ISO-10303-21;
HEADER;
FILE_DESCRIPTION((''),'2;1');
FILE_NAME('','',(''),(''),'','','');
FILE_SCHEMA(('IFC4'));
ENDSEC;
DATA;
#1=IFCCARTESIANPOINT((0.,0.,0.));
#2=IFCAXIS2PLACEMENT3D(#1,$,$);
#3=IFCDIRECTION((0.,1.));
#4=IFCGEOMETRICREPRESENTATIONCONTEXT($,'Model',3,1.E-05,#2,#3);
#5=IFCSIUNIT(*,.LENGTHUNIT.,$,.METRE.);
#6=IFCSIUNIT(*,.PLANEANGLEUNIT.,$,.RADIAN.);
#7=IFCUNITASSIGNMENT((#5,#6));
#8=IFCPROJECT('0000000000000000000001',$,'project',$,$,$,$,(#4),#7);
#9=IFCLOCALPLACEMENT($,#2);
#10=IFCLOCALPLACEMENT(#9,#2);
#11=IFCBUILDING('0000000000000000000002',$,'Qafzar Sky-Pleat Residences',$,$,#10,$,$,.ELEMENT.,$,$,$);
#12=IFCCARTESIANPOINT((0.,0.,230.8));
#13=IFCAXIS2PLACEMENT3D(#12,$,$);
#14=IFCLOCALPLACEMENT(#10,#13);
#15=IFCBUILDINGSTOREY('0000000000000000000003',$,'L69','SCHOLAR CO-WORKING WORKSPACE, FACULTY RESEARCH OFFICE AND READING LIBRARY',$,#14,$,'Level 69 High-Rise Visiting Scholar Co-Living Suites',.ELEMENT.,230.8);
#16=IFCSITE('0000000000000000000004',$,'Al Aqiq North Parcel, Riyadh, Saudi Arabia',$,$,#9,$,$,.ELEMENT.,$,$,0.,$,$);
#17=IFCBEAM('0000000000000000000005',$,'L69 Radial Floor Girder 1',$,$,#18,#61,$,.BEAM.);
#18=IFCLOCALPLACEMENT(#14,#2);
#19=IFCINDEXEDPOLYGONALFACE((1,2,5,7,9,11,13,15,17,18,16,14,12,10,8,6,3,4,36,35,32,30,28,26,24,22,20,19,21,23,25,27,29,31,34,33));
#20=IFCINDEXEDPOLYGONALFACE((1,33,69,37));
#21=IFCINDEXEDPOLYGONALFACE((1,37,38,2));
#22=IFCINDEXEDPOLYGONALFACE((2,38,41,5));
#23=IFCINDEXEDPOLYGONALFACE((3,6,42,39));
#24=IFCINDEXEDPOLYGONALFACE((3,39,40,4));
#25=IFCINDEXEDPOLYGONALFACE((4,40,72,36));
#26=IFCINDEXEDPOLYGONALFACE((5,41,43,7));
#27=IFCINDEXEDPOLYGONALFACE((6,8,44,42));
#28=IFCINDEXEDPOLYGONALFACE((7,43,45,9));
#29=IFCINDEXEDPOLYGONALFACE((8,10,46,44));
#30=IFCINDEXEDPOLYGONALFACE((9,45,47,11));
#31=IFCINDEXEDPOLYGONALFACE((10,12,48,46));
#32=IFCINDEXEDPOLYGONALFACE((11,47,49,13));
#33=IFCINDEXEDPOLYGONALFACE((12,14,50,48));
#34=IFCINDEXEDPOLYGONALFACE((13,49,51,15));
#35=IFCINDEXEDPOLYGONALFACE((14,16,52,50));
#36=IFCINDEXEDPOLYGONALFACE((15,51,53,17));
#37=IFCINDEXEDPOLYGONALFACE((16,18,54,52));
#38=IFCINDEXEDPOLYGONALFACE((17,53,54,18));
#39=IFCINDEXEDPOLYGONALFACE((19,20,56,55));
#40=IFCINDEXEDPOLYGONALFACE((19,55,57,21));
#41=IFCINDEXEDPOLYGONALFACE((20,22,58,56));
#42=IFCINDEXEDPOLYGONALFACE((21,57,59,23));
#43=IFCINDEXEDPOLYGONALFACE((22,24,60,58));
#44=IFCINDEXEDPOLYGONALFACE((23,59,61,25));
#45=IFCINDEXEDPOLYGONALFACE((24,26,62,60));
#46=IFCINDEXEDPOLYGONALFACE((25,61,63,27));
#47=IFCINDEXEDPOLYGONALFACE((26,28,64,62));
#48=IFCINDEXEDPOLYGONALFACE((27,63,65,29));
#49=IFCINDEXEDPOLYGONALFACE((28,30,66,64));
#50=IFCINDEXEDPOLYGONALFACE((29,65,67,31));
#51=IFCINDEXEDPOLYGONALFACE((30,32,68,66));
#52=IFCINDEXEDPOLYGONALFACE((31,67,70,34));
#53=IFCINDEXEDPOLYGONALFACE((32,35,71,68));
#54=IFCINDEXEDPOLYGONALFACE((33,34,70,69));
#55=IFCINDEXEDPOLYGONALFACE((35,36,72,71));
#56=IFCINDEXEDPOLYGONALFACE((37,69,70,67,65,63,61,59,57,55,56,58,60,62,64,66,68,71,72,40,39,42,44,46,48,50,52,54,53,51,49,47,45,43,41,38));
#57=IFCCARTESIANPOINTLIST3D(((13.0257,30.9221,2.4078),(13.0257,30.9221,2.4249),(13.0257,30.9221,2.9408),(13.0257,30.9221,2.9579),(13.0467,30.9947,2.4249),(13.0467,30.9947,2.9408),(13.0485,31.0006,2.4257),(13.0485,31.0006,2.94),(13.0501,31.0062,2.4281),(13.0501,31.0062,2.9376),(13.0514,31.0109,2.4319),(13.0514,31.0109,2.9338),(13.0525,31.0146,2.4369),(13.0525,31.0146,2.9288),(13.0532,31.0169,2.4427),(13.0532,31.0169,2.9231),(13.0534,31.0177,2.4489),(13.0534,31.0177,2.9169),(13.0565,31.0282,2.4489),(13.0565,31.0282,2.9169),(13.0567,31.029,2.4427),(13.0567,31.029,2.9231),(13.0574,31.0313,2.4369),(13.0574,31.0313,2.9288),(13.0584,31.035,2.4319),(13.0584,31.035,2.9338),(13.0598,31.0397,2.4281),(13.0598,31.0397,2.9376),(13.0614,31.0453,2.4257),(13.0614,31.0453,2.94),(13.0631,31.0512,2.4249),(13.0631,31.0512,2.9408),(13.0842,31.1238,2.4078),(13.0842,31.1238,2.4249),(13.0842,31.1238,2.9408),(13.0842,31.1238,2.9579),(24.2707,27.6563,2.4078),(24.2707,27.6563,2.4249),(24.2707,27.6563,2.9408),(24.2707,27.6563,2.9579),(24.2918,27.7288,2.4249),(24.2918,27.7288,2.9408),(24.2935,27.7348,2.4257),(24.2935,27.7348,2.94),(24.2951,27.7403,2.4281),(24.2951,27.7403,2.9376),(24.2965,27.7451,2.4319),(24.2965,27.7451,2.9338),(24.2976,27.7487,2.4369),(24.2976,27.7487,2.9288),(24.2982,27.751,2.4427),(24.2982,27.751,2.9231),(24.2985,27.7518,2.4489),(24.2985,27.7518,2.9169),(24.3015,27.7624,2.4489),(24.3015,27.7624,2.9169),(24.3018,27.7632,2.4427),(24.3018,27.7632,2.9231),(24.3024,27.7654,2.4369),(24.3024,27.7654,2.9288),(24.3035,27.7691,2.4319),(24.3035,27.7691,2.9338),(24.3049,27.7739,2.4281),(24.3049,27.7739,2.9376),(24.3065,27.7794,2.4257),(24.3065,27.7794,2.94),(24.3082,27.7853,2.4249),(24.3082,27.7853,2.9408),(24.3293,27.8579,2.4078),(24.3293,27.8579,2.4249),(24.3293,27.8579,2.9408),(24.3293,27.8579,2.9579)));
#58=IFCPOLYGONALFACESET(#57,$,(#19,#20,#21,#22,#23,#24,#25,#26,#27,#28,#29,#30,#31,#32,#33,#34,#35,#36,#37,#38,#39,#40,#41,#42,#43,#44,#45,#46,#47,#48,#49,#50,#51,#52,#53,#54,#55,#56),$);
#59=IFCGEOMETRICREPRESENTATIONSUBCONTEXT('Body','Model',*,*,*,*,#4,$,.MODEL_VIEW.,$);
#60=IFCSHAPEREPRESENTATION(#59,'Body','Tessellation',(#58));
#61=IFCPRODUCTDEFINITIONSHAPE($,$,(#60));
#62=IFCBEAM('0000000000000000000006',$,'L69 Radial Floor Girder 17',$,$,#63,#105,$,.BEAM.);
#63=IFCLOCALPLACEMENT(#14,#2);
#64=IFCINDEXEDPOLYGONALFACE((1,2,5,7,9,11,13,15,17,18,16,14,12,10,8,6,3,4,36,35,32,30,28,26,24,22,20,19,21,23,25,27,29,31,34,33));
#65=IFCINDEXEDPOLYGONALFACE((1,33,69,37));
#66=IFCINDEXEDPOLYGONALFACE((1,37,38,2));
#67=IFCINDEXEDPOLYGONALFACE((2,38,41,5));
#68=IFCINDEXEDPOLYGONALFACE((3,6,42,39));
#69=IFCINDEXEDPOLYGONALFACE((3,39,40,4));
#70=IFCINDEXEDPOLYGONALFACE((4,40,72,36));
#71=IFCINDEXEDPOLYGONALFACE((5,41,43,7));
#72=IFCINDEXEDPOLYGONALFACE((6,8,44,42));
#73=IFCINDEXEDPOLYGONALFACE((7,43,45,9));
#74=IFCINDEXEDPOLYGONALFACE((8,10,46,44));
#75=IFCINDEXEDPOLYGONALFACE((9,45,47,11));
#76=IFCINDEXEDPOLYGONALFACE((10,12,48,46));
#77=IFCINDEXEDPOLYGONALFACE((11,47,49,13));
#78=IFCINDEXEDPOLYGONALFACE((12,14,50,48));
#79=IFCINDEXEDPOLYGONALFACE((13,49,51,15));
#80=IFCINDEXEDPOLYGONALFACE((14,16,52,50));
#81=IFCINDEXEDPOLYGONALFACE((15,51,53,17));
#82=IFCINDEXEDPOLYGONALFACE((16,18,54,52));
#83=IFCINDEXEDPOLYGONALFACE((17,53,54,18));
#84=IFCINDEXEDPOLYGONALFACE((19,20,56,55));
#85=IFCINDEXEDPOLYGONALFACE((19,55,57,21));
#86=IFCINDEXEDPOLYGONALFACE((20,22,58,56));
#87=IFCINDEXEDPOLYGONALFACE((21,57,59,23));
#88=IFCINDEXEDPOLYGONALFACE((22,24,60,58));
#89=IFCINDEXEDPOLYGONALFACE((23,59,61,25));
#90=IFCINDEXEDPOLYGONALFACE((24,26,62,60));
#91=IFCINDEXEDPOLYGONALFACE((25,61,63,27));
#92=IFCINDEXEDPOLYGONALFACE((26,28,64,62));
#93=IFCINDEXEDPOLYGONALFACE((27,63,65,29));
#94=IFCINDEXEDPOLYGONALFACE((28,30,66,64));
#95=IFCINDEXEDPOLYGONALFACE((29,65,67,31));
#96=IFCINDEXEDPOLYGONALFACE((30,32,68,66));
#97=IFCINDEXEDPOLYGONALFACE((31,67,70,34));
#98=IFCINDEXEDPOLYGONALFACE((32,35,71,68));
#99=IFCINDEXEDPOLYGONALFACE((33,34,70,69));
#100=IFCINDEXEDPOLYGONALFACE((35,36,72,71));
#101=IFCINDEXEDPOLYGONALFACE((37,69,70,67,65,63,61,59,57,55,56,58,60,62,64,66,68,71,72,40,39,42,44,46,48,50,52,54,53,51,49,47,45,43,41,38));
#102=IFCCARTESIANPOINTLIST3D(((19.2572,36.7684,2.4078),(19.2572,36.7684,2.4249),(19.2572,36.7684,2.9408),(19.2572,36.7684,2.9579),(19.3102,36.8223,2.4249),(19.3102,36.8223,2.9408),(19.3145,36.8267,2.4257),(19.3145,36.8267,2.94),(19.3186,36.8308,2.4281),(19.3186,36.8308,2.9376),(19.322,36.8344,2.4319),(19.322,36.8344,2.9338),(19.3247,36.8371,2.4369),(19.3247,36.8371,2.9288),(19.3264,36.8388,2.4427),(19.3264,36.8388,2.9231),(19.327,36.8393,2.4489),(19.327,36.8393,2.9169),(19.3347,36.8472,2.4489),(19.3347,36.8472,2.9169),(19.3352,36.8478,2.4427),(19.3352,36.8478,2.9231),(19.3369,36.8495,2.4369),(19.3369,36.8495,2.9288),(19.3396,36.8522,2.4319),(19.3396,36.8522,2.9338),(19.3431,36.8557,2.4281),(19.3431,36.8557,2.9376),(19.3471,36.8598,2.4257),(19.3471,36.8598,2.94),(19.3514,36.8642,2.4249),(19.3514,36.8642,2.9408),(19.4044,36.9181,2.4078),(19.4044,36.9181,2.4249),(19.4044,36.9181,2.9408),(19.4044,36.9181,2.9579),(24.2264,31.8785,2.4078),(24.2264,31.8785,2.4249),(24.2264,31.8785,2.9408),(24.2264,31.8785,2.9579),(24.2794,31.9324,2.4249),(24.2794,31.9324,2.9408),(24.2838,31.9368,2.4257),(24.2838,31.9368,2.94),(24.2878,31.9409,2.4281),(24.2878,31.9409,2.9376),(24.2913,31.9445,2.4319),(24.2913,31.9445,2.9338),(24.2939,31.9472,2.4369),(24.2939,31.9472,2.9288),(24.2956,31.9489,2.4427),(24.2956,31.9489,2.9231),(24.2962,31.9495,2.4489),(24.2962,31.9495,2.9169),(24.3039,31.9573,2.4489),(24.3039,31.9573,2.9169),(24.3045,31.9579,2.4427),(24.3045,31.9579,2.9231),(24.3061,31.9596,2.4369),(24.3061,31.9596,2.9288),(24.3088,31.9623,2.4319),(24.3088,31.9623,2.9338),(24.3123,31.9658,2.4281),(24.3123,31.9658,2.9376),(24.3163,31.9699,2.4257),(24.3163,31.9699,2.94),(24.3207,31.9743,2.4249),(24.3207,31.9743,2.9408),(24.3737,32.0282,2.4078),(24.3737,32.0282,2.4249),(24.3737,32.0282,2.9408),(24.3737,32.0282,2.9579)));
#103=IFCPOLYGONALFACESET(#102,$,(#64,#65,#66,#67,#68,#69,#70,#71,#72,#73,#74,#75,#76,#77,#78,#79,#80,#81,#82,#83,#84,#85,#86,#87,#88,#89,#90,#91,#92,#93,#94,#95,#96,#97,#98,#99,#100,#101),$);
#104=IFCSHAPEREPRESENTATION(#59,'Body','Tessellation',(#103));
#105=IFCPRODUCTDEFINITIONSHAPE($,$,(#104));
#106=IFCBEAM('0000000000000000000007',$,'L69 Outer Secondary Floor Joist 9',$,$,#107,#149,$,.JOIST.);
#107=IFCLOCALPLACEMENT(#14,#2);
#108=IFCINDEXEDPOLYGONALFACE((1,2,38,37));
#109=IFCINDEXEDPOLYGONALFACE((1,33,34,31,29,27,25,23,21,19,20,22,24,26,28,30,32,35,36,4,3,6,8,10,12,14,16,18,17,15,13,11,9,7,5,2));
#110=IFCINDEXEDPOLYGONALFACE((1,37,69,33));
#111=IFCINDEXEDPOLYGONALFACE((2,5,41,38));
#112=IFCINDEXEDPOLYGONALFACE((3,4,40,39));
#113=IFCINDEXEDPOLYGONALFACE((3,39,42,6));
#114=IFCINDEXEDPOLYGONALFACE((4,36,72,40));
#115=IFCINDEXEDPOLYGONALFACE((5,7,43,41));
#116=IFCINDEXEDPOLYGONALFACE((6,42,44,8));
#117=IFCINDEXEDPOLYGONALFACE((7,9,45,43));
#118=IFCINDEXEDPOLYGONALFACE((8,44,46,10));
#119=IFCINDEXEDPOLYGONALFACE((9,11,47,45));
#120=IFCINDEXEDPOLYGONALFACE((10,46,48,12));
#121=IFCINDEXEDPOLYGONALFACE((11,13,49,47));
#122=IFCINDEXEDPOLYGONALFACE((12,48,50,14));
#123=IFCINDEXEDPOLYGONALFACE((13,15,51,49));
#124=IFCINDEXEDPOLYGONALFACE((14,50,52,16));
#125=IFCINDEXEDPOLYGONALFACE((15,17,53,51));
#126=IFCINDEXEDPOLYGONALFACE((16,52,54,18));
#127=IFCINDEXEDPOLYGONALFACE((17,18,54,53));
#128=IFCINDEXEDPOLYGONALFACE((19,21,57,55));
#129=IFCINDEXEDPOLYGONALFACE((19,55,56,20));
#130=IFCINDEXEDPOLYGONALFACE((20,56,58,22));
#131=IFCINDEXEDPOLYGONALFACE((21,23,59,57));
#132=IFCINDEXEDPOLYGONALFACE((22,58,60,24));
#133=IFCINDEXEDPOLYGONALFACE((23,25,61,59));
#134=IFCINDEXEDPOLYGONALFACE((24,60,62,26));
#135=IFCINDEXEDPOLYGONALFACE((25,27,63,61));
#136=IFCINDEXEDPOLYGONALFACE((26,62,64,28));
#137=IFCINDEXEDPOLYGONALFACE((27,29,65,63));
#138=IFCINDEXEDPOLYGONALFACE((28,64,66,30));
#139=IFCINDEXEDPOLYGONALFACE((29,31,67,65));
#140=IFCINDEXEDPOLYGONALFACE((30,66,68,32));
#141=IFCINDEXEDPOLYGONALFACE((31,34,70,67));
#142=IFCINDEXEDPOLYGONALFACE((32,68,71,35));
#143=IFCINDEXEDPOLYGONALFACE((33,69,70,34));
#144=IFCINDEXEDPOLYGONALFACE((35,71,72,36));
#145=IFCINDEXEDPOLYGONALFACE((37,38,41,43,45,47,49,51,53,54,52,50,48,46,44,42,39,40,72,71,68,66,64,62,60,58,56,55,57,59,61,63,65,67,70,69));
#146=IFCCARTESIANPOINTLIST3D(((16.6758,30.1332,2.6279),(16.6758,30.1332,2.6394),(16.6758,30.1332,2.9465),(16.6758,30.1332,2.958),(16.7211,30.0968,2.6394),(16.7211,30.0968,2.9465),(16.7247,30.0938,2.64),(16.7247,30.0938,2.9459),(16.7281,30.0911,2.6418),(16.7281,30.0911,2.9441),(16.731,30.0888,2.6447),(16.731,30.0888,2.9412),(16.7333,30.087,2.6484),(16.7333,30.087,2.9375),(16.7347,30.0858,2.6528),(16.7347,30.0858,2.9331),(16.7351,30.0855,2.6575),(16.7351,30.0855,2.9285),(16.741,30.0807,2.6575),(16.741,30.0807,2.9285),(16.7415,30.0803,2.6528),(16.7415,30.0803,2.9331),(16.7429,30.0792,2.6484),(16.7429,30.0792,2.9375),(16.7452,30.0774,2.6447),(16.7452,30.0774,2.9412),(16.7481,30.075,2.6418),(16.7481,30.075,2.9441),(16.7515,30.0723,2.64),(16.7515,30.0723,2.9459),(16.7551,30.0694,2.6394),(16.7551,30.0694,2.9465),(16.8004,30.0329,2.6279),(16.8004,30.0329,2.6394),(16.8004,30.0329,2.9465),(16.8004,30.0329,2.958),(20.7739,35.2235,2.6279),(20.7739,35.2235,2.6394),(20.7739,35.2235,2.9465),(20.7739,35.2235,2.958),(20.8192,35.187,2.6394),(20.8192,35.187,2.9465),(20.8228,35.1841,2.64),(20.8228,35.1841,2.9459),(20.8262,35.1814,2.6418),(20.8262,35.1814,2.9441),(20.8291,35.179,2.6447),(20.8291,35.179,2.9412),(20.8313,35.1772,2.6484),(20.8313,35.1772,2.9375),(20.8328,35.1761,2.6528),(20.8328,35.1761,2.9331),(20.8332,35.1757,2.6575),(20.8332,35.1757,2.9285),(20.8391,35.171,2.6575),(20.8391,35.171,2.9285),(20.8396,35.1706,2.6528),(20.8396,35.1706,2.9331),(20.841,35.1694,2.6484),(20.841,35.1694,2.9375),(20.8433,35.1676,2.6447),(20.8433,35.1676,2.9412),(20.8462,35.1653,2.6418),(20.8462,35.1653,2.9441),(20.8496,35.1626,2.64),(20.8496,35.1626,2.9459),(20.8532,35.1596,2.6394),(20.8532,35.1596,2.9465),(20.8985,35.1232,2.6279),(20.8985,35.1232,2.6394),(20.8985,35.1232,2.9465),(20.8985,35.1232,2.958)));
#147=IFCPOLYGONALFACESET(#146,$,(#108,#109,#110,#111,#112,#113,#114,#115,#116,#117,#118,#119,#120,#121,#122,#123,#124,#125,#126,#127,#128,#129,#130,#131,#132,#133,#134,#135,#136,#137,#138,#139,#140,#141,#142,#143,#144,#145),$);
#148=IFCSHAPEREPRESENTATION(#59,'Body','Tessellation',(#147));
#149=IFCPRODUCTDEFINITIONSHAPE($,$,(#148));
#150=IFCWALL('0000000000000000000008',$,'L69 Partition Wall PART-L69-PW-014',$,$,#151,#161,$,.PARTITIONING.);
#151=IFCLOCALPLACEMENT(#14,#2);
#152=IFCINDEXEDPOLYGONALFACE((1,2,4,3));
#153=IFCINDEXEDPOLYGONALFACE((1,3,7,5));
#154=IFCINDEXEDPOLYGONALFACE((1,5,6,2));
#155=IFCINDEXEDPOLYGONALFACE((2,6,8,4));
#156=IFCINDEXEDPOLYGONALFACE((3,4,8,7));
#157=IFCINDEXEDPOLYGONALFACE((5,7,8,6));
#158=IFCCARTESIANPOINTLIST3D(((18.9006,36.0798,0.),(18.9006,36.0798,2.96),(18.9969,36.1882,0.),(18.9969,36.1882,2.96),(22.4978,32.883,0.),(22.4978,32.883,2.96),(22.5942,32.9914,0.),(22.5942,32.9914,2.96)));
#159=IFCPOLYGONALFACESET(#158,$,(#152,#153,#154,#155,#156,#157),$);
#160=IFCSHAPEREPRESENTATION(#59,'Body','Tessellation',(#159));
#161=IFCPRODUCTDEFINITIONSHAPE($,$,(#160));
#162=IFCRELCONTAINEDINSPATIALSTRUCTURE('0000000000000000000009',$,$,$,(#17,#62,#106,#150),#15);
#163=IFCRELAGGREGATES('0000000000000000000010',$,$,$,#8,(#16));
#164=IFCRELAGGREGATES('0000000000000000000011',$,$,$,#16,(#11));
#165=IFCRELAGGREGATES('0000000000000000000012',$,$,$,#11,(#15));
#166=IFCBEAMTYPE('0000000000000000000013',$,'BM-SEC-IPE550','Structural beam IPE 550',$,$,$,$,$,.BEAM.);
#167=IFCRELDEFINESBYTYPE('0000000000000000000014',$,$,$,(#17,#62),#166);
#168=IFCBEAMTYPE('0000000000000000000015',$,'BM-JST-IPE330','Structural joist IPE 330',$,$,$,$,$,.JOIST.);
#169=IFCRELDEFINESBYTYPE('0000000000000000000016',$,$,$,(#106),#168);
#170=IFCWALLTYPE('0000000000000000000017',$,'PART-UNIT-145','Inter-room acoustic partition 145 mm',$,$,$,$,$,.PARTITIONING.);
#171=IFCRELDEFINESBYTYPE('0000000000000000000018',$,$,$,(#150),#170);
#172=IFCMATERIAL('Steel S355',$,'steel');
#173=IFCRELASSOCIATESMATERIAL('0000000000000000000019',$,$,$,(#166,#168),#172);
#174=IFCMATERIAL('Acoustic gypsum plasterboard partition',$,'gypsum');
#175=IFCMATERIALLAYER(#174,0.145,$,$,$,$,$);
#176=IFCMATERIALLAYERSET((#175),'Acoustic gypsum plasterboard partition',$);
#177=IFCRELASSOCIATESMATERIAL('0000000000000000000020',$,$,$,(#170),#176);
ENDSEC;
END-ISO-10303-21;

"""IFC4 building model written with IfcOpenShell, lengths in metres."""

from ifc_helpers import new_model, si_unit, direction, frame, frame_2d, origin, origin_2d, place, context, subcontext, project, spatial, rectangle, i_section, extrude, source, transform, mapped, material, layer, layer_set, material_profile, profile_set, type_object, element, save


model = new_model("IFC4")

# Units and contexts
model_context = context("Model", 3, precision=1e-05, world=origin(), true_north=direction((0.0, 1.0)))
body_context = subcontext(model_context, "Body", "Model", "MODEL_VIEW")
ifc_project = project(units=[si_unit("LENGTHUNIT", "METRE"), si_unit("PLANEANGLEUNIT", "RADIAN")], contexts=[model_context])

# Site, building, storey
site_placement = place(None, origin())
site = spatial("IfcSite", under=ifc_project, at=site_placement, Name="Al Aqiq North Parcel, Riyadh, Saudi Arabia", CompositionType="ELEMENT", RefElevation=0.0)
building_placement = place(site_placement, origin())
building = spatial("IfcBuilding", under=site, at=building_placement, Name="Qafzar Sky-Pleat Residences", CompositionType="ELEMENT")
storey_placement = place(building_placement, frame((0.0, 0.0, 230.8)))
storey = spatial("IfcBuildingStorey", under=building, at=storey_placement, Name="L69", Description="SCHOLAR CO-WORKING WORKSPACE, FACULTY RESEARCH OFFICE AND READING LIBRARY", LongName="Level 69 High-Rise Visiting Scholar Co-Living Suites", CompositionType="ELEMENT", Elevation=230.8)

# Shared definitions
ifc_material_1 = material(Name="Steel S355", Category="steel")

# Beams
ifc_material_profile_1 = material_profile(ifc_material_1, i_section(OverallWidth=0.21, OverallDepth=0.55, WebThickness=0.011, FlangeThickness=0.0171, FilletRadius=0.0239, at=origin_2d()), Name="IPE 550")
ifc_profile_set_1 = profile_set([ifc_material_profile_1], Name="Steel S355")
beam_type_1 = type_object("IfcBeamType", Name="BM-SEC-IPE550", Description="Structural beam IPE 550", PredefinedType="BEAM", material=ifc_profile_set_1)
shared_shape_1 = source(origin(), body_context, "Body", "SweptSolid", [
    extrude(i_section(OverallWidth=0.21, OverallDepth=0.55, WebThickness=0.011, FlangeThickness=0.0171, FilletRadius=0.0239, at=origin_2d()), origin(), (0.0, 0.0, 1.0), 11.7097),
])
beam_1_placement = place(storey_placement, frame((13.0549, 31.0229, 2.6829), z_axis=(0.96032, -0.278901, 0.0), x_axis=(0.278901, 0.96032, 0.0)))
element("IfcBeam", 1, at=beam_1_placement, inside=storey, type_object=beam_type_1, Name="L69 Radial Floor Girder 1", PredefinedType="BEAM", context=body_context, shape_type="MappedRepresentation", body=[
    mapped(shared_shape_1, transform((0.0, 0.0, 0.0), x_axis=(1.0, 0.0, 0.0), y_axis=(0.0, 1.0, 0.0), z_axis=(0.0, 0.0, 1.0), scale=1.0)),
])
shared_shape_2 = source(origin(), body_context, "Body", "SweptSolid", [
    extrude(i_section(OverallWidth=0.21, OverallDepth=0.55, WebThickness=0.011, FlangeThickness=0.0171, FilletRadius=0.0239, at=origin_2d()), origin(), (0.0, 0.0, 1.0), 6.9717),
])
beam_2_placement = place(storey_placement, frame((19.3308, 36.8433, 2.6829), z_axis=(0.712774, -0.701393, 0.0), x_axis=(0.701393, 0.712774, 0.0)))
element("IfcBeam", 2, at=beam_2_placement, inside=storey, type_object=beam_type_1, Name="L69 Radial Floor Girder 17", PredefinedType="BEAM", context=body_context, shape_type="MappedRepresentation", body=[
    mapped(shared_shape_2, transform((0.0, 0.0, 0.0), x_axis=(1.0, 0.0, 0.0), y_axis=(0.0, 1.0, 0.0), z_axis=(0.0, 0.0, 1.0), scale=1.0)),
])
ifc_material_profile_2 = material_profile(ifc_material_1, i_section(OverallWidth=0.1599, OverallDepth=0.3301, WebThickness=0.0076, FlangeThickness=0.0115, FilletRadius=0.0181, at=origin_2d()), Name="IPE 330")
ifc_profile_set_2 = profile_set([ifc_material_profile_2], Name="Steel S355")
beam_type_2 = type_object("IfcBeamType", Name="BM-JST-IPE330", Description="Structural joist IPE 330", PredefinedType="JOIST", material=ifc_profile_set_2)
shared_shape_3 = source(origin(), body_context, "Body", "SweptSolid", [
    extrude(i_section(OverallWidth=0.1599, OverallDepth=0.3301, WebThickness=0.0076, FlangeThickness=0.0115, FilletRadius=0.0181, at=origin_2d()), origin(), (0.0, 0.0, 1.0), 6.5349),
])
beam_3_placement = place(storey_placement, frame((20.8362, 35.1733, 2.793), z_axis=(-0.627107, -0.778933, 0.0), x_axis=(0.778933, -0.627107, 0.0)))
element("IfcBeam", 3, at=beam_3_placement, inside=storey, type_object=beam_type_2, Name="L69 Outer Secondary Floor Joist 9", PredefinedType="JOIST", context=body_context, shape_type="MappedRepresentation", body=[
    mapped(shared_shape_3, transform((0.0, 0.0, 0.0), x_axis=(1.0, 0.0, 0.0), y_axis=(0.0, 1.0, 0.0), z_axis=(0.0, 0.0, 1.0), scale=1.0)),
])

# Wall
ifc_material_2 = material(Name="Acoustic gypsum plasterboard partition", Category="gypsum")
ifc_layer_1 = layer(ifc_material_2, 0.145)
ifc_layer_set_1 = layer_set([ifc_layer_1], Name="Acoustic gypsum plasterboard partition")
wall_type_1 = type_object("IfcWallType", Name="PART-UNIT-145", Description="Inter-room acoustic partition 145 mm", PredefinedType="PARTITIONING", material=ifc_layer_set_1)
wall_1_placement = place(storey_placement, frame((18.9487, 36.134, 0.0), z_axis=(0.0, 0.0, 1.0), x_axis=(0.747482, -0.664282, 0.0)))
element("IfcWall", 4, at=wall_1_placement, inside=storey, type_object=wall_type_1, Name="L69 Partition Wall PART-L69-PW-014", PredefinedType="PARTITIONING", context=body_context, shape_type="SweptSolid", body=[
    extrude(rectangle(XDim=4.8125, YDim=0.145, at=frame_2d((2.4062, 0.0))), origin(), (0.0, 0.0, 1.0), 2.96),
])

save(model, "model.ifc")
